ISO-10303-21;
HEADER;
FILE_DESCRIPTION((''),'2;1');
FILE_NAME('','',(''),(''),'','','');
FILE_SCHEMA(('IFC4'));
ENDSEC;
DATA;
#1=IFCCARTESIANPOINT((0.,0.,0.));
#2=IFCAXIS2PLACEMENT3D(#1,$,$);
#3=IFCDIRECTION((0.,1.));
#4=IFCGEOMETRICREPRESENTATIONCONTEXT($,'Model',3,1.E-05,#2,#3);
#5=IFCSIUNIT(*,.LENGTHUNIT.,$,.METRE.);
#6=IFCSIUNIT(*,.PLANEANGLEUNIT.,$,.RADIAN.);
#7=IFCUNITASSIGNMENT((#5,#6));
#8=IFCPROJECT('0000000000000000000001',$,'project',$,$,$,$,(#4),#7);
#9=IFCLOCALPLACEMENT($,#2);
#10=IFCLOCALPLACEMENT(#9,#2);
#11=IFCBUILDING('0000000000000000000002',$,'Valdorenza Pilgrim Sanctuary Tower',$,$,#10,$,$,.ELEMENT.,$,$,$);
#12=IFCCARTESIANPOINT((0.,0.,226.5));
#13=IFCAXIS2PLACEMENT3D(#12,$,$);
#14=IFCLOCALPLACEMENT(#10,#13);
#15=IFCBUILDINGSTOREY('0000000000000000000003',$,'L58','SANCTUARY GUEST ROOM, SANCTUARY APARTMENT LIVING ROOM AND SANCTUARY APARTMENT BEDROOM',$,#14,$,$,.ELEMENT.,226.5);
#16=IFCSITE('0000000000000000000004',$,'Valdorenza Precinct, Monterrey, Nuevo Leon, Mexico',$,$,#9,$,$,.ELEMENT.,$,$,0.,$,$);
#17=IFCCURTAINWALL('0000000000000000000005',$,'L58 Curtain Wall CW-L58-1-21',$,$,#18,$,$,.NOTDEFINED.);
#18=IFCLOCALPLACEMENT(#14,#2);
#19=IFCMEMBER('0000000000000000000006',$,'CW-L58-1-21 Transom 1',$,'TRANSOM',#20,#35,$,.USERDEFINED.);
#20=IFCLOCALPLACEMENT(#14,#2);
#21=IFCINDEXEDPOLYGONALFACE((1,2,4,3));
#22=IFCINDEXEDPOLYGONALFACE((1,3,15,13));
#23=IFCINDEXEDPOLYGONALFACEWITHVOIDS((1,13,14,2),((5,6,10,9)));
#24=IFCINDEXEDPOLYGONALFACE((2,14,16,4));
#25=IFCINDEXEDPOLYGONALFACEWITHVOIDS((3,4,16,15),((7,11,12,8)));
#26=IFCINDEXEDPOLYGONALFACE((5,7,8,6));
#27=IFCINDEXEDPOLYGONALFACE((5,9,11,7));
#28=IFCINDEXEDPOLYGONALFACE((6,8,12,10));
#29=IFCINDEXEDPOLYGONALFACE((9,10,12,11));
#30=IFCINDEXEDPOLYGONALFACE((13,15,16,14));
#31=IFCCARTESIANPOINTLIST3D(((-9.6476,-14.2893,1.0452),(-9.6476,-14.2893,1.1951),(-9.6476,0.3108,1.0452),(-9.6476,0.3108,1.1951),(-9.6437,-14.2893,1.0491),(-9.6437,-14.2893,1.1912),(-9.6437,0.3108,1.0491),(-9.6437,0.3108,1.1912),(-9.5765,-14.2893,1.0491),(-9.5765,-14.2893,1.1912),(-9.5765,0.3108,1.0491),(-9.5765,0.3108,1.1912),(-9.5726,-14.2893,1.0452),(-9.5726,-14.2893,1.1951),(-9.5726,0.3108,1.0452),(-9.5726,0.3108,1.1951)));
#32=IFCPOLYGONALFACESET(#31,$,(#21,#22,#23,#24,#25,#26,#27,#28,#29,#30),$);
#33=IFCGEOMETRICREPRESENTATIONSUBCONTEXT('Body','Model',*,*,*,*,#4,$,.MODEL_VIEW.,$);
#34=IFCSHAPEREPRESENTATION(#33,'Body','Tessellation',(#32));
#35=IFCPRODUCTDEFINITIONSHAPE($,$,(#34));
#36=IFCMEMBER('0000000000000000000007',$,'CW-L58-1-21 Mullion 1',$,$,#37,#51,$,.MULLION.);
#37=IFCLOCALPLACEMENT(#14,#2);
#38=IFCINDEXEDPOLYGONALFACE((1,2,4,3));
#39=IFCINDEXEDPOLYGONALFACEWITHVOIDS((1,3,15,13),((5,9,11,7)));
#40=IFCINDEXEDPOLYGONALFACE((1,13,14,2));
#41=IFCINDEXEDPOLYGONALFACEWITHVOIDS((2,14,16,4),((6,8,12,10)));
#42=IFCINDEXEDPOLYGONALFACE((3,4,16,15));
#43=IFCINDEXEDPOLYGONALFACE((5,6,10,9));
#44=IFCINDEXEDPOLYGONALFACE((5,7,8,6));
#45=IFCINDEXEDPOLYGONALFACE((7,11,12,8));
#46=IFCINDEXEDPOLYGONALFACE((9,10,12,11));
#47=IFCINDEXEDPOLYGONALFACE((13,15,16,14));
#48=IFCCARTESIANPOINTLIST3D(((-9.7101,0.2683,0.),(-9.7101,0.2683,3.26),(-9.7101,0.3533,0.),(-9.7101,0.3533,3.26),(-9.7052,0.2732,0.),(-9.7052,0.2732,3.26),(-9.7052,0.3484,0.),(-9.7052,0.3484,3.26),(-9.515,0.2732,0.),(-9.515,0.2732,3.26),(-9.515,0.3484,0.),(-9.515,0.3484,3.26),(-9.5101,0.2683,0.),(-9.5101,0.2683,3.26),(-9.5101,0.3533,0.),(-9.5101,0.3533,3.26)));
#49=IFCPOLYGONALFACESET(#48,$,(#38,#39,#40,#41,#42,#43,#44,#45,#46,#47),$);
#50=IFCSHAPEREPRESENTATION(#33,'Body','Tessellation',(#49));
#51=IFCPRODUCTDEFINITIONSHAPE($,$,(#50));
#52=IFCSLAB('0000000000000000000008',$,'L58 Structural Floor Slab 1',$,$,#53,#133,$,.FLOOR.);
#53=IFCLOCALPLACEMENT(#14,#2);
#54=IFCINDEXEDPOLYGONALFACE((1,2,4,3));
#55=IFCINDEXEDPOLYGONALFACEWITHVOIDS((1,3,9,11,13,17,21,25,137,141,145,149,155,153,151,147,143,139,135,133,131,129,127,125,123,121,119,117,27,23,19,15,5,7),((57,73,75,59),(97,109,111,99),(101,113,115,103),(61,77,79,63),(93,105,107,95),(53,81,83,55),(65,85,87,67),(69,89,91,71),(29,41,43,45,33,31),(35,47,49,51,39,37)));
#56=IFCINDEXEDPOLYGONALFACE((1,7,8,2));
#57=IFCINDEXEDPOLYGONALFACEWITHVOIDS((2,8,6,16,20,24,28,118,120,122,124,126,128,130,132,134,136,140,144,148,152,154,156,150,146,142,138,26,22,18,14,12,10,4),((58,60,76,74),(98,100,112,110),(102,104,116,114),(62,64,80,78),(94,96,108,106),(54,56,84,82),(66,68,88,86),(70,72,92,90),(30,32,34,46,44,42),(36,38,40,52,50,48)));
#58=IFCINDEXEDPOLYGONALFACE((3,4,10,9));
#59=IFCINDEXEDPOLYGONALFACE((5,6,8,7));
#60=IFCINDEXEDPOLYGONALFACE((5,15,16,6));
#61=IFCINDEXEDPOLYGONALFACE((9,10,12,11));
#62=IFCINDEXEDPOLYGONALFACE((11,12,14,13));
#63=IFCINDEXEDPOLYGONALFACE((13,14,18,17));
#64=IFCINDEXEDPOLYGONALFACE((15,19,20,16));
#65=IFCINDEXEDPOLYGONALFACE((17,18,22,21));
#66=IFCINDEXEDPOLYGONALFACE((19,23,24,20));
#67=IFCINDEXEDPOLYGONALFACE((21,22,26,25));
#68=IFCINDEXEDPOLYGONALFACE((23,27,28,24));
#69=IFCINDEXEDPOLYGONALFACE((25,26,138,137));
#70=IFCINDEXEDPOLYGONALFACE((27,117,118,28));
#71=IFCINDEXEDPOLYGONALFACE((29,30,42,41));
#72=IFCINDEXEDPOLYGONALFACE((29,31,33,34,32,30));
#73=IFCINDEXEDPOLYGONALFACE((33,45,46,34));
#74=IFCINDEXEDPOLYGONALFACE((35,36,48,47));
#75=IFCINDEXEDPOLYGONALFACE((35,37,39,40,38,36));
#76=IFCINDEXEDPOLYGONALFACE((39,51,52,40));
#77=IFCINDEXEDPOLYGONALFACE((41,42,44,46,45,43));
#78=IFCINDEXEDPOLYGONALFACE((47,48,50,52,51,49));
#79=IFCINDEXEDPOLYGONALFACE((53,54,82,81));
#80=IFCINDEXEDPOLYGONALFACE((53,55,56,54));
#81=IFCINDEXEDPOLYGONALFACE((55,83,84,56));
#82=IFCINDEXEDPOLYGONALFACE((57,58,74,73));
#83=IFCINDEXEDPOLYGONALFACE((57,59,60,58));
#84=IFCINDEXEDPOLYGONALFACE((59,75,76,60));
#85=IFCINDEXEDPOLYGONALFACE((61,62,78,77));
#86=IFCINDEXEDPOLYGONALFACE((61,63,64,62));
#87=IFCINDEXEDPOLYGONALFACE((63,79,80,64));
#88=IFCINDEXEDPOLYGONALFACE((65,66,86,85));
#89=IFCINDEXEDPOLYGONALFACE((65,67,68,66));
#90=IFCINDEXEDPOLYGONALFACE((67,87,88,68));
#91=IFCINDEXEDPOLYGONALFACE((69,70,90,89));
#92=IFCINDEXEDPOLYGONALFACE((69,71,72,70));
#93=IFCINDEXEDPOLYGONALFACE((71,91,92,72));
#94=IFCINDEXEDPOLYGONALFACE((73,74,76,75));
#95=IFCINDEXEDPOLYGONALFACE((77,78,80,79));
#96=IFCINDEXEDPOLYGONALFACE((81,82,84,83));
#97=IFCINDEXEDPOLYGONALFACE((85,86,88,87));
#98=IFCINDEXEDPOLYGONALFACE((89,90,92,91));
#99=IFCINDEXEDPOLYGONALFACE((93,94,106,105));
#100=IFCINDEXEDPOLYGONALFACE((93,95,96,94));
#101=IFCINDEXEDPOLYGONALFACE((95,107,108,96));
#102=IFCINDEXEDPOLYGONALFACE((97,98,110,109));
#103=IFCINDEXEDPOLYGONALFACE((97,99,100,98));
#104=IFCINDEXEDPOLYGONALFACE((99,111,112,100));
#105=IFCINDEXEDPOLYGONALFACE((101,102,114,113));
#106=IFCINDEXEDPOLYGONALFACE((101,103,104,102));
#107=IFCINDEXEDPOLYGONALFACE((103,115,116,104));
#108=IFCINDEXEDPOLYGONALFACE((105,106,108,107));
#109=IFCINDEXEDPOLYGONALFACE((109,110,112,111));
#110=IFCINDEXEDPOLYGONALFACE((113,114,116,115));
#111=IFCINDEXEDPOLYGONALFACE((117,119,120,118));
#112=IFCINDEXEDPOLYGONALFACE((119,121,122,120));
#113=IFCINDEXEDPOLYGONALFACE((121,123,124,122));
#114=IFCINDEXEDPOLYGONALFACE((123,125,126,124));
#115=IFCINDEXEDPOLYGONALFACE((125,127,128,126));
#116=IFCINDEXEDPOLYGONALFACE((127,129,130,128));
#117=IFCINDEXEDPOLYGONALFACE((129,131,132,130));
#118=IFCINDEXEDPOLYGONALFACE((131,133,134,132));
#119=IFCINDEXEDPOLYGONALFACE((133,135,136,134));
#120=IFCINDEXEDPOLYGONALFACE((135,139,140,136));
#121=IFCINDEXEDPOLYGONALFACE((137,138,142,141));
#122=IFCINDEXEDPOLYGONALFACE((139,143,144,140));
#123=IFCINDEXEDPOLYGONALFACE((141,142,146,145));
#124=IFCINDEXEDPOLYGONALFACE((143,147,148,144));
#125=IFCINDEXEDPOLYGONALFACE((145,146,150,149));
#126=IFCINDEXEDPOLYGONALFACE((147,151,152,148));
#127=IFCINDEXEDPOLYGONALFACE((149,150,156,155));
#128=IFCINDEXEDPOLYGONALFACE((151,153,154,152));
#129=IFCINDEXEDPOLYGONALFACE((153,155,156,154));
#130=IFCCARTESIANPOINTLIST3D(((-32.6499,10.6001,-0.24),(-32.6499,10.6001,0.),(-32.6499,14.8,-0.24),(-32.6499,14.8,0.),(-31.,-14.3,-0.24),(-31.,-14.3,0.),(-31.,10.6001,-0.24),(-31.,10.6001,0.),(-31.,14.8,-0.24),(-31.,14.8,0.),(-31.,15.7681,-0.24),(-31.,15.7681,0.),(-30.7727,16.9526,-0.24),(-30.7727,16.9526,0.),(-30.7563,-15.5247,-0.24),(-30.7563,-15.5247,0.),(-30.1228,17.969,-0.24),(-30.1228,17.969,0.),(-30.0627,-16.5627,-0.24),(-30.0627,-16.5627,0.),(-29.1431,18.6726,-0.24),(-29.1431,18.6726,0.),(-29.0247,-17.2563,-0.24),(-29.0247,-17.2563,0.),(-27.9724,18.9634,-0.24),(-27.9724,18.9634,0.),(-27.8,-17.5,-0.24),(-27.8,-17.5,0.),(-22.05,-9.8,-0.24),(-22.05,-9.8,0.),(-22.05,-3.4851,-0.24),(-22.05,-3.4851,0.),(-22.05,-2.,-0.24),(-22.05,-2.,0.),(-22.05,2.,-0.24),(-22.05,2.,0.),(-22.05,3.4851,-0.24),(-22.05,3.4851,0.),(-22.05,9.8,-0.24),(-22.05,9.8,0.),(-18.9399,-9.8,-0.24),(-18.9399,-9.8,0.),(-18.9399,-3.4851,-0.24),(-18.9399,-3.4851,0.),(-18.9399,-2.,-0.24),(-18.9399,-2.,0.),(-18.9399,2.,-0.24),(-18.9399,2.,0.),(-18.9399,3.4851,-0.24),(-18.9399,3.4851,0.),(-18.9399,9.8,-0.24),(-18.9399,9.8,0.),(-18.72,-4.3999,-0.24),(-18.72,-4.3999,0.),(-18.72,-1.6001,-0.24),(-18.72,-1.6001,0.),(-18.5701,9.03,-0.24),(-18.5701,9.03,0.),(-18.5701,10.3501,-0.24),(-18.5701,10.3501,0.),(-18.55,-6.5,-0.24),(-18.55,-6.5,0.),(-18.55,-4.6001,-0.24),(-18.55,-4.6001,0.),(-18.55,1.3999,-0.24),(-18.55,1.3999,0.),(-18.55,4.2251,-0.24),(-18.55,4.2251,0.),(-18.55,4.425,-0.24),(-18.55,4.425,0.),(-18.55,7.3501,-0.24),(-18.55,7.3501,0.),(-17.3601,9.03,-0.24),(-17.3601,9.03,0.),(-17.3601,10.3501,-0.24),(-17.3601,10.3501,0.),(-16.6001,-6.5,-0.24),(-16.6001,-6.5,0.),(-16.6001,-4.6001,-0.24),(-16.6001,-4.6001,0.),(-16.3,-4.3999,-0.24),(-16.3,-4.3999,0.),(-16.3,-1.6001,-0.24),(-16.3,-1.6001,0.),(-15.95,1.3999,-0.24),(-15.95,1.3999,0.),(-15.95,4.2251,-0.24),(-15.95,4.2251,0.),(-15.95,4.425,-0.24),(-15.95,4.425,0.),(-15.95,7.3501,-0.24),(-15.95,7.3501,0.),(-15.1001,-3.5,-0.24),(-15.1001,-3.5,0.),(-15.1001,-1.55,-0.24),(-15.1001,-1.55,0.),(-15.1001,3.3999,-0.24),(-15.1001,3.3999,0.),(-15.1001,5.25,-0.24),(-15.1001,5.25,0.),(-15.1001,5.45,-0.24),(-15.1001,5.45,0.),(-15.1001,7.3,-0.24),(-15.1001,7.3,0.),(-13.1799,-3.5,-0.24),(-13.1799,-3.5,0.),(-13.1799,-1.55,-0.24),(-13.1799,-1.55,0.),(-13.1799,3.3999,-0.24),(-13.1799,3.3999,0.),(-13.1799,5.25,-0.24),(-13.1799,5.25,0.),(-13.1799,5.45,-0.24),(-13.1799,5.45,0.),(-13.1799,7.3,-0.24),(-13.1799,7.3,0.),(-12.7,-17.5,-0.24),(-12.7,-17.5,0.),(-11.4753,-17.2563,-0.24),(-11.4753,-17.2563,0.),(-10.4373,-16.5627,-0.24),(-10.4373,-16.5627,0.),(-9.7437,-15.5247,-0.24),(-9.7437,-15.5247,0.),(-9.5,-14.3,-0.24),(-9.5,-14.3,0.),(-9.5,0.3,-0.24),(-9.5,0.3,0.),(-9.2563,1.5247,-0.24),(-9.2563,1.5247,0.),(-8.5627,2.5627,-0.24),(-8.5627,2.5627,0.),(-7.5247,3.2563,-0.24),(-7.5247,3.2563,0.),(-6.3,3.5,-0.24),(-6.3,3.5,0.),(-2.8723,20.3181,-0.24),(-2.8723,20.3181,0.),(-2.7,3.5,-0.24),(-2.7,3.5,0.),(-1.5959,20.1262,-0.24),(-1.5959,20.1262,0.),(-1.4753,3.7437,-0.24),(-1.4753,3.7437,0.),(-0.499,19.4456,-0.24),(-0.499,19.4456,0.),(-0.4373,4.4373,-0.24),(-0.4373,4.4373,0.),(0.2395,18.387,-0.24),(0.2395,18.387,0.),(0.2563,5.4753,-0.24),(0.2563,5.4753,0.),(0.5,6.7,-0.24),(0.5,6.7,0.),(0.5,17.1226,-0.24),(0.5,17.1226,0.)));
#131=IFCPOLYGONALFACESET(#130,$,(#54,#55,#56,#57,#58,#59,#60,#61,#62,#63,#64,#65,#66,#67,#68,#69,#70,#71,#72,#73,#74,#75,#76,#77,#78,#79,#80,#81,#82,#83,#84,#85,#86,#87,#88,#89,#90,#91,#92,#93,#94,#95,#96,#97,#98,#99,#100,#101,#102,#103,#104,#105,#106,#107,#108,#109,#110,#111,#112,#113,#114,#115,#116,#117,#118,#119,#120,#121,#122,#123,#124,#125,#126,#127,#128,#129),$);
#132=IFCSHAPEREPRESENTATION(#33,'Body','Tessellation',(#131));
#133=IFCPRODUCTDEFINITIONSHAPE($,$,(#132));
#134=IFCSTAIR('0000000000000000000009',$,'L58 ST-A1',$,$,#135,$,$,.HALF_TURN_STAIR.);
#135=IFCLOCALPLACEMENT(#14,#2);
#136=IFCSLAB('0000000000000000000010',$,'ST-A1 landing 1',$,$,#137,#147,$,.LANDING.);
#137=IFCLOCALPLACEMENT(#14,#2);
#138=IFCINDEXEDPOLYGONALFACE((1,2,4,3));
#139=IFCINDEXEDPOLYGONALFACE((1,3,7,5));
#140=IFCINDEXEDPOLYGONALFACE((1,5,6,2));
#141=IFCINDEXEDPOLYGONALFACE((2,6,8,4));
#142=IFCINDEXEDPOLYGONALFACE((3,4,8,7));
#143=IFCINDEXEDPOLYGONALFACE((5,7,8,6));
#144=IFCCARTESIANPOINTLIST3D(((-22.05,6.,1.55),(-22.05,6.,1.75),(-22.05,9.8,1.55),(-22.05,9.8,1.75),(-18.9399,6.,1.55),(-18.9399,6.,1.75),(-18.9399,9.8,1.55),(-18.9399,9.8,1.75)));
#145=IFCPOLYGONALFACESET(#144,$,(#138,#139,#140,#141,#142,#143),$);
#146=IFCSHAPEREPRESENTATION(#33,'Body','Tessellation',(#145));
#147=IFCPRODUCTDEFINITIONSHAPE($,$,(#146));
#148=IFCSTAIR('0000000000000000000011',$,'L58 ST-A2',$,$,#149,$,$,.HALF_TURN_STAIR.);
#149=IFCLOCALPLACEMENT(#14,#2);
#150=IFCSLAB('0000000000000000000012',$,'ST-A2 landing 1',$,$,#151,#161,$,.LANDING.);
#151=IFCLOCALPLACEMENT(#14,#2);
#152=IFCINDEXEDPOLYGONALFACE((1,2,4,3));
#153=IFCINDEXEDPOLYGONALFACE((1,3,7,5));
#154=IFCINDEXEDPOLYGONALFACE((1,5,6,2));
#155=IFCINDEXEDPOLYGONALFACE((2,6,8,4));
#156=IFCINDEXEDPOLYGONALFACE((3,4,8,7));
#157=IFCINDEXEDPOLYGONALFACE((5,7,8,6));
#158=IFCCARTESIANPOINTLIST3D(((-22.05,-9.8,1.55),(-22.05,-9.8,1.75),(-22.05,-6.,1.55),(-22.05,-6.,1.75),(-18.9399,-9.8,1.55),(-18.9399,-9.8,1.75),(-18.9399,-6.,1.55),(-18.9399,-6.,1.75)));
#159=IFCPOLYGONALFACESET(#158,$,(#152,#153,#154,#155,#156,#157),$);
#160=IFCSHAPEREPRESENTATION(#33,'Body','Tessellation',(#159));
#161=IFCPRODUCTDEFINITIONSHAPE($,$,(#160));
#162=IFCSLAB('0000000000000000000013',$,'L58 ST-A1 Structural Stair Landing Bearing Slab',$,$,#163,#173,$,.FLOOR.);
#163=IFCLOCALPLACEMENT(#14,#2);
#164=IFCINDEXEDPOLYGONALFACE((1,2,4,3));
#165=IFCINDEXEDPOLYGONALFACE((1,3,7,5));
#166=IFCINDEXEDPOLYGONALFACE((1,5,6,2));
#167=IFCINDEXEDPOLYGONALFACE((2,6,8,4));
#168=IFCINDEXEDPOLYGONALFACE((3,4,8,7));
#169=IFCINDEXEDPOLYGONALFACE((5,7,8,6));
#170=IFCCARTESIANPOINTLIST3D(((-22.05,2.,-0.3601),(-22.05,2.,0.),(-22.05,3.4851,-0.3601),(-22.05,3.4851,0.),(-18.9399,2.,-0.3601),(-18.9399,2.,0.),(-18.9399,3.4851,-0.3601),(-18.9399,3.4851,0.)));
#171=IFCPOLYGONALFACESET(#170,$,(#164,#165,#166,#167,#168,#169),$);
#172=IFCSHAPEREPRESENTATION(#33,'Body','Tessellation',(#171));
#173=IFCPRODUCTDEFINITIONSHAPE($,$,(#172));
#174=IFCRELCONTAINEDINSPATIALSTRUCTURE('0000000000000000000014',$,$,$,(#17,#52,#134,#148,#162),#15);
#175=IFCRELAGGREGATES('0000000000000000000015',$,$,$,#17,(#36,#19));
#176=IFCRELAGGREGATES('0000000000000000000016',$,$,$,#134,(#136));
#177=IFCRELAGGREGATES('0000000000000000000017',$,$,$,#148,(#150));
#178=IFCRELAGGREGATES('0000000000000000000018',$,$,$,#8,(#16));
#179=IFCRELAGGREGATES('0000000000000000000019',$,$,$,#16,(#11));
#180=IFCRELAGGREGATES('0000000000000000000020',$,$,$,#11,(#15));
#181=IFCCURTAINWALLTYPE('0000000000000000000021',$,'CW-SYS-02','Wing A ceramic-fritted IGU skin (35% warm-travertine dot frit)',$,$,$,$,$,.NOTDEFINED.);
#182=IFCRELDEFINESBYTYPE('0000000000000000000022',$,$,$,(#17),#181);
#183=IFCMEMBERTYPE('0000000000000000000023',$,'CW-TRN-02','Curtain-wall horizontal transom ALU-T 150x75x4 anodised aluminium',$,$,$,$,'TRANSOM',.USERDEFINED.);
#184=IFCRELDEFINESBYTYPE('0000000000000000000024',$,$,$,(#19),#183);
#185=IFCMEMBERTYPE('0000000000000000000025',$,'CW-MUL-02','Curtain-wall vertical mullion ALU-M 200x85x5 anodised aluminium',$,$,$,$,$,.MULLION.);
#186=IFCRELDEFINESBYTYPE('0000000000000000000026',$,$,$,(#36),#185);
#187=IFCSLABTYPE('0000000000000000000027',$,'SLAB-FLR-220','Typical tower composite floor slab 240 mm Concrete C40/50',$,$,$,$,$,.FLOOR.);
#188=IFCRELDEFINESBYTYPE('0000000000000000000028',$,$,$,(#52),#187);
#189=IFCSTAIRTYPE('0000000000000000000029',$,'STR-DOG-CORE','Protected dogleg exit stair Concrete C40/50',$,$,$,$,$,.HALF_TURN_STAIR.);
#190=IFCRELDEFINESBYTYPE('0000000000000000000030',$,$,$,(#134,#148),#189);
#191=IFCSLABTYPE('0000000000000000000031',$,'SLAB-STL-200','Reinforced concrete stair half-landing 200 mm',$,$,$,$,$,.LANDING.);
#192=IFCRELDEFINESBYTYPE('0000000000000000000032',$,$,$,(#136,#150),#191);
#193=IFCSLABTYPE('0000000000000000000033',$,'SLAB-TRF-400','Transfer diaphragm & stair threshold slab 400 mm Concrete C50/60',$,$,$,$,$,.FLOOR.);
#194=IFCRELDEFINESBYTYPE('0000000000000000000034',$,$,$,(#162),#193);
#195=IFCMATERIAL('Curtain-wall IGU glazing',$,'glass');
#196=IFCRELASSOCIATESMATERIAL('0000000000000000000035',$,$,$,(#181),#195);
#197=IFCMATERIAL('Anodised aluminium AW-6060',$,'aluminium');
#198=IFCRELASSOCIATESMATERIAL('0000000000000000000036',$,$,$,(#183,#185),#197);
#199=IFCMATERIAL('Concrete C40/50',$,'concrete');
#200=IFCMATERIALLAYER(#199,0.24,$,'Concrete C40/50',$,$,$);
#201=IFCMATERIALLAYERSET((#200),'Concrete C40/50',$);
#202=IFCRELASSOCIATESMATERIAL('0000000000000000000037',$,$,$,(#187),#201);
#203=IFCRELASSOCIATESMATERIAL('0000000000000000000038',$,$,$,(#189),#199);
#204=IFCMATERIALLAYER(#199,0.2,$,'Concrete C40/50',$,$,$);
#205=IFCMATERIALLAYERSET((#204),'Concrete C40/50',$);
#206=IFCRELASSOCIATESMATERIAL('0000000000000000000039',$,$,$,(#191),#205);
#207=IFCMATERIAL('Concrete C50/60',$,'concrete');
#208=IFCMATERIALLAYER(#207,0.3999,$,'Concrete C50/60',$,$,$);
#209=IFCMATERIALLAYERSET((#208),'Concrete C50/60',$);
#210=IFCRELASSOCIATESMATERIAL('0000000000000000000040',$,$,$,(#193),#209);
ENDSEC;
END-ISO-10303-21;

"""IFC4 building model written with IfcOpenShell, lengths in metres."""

from ifc_helpers import new_model, si_unit, direction, frame, origin, origin_2d, place, context, subcontext, project, spatial, polyline, hollow_rectangle, outline, extrude, source, transform, mapped, material, layer, layer_set, material_profile, profile_set, type_object, element, aggregate, save


model = new_model("IFC4")

# Units and contexts
model_context = context("Model", 3, precision=1e-05, world=origin(), true_north=direction((0.0, 1.0)))
body_context = subcontext(model_context, "Body", "Model", "MODEL_VIEW")
ifc_project = project(units=[si_unit("LENGTHUNIT", "METRE"), si_unit("PLANEANGLEUNIT", "RADIAN")], contexts=[model_context])

# Site, building, storey
site_placement = place(None, origin())
site = spatial("IfcSite", under=ifc_project, at=site_placement, Name="Valdorenza Precinct, Monterrey, Nuevo Leon, Mexico", CompositionType="ELEMENT", RefElevation=0.0)
building_placement = place(site_placement, origin())
building = spatial("IfcBuilding", under=site, at=building_placement, Name="Valdorenza Pilgrim Sanctuary Tower", CompositionType="ELEMENT")
storey_placement = place(building_placement, frame((0.0, 0.0, 226.5)))
storey = spatial("IfcBuildingStorey", under=building, at=storey_placement, Name="L58", Description="SANCTUARY GUEST ROOM, SANCTUARY APARTMENT LIVING ROOM AND SANCTUARY APARTMENT BEDROOM", CompositionType="ELEMENT", Elevation=226.5)

# Curtain wall, members
ifc_material_1 = material(Name="Curtain-wall IGU glazing", Category="glass")
curtain_wall_type = type_object("IfcCurtainWallType", Name="CW-SYS-02", Description="Wing A ceramic-fritted IGU skin (35% warm-travertine dot frit)", PredefinedType="NOTDEFINED", material=ifc_material_1)
curtain_wall_placement = place(storey_placement, origin())
curtain_wall = element("IfcCurtainWall", 1, at=curtain_wall_placement, inside=storey, type_object=curtain_wall_type, Name="L58 Curtain Wall CW-L58-1-21", PredefinedType="NOTDEFINED")
ifc_material_2 = material(Name="Anodised aluminium AW-6060", Category="aluminium")
ifc_material_profile_1 = material_profile(ifc_material_2, hollow_rectangle(XDim=0.075, YDim=0.1499, WallThickness=0.0039, at=origin_2d()), Name="ALU-T 150x75x4")
ifc_profile_set_1 = profile_set([ifc_material_profile_1], Name="Anodised aluminium AW-6060")
member_type_1 = type_object("IfcMemberType", Name="CW-TRN-02", Description="Curtain-wall horizontal transom ALU-T 150x75x4 anodised aluminium", ElementType="TRANSOM", PredefinedType="USERDEFINED", material=ifc_profile_set_1)
shared_shape_1 = source(origin(), body_context, "Body", "SweptSolid", [
    extrude(hollow_rectangle(XDim=0.075, YDim=0.1499, WallThickness=0.0039, at=origin_2d()), origin(), (0.0, 0.0, 1.0), 14.6001),
])
member_1_placement = place(storey_placement, frame((-9.6101, 0.3108, 1.1201), z_axis=(0.0, -1.0, 0.0), x_axis=(1.0, 0.0, 0.0)))
member_1 = element("IfcMember", 2, at=member_1_placement, type_object=member_type_1, Name="CW-L58-1-21 Transom 1", ObjectType="TRANSOM", PredefinedType="USERDEFINED", context=body_context, shape_type="MappedRepresentation", body=[
    mapped(shared_shape_1, transform((0.0, 0.0, 0.0), x_axis=(1.0, 0.0, 0.0), y_axis=(0.0, 1.0, 0.0), z_axis=(0.0, 0.0, 1.0), scale=1.0)),
])
ifc_material_profile_2 = material_profile(ifc_material_2, hollow_rectangle(XDim=0.085, YDim=0.2, WallThickness=0.0049, at=origin_2d()), Name="ALU-M 200x85x5")
ifc_profile_set_2 = profile_set([ifc_material_profile_2], Name="Anodised aluminium AW-6060")
member_type_2 = type_object("IfcMemberType", Name="CW-MUL-02", Description="Curtain-wall vertical mullion ALU-M 200x85x5 anodised aluminium", PredefinedType="MULLION", material=ifc_profile_set_2)
shared_shape_2 = source(origin(), body_context, "Body", "SweptSolid", [
    extrude(hollow_rectangle(XDim=0.085, YDim=0.2, WallThickness=0.0049, at=origin_2d()), origin(), (0.0, 0.0, 1.0), 3.26),
])
member_2_placement = place(storey_placement, frame((-9.6101, 0.3108, 0.0), z_axis=(0.0, 0.0, 1.0), x_axis=(0.0, -1.0, 0.0)))
member_2 = element("IfcMember", 3, at=member_2_placement, type_object=member_type_2, Name="CW-L58-1-21 Mullion 1", PredefinedType="MULLION", context=body_context, shape_type="MappedRepresentation", body=[
    mapped(shared_shape_2, transform((0.0, 0.0, 0.0), x_axis=(1.0, 0.0, 0.0), y_axis=(0.0, 1.0, 0.0), z_axis=(0.0, 0.0, 1.0), scale=1.0)),
])
aggregate(curtain_wall, [member_2, member_1])

# Slab
ifc_material_3 = material(Name="Concrete C40/50", Category="concrete")
ifc_layer_1 = layer(ifc_material_3, 0.24, Name="Concrete C40/50")
ifc_layer_set_1 = layer_set([ifc_layer_1], Name="Concrete C40/50")
slab_type_1 = type_object("IfcSlabType", Name="SLAB-FLR-220", Description="Typical tower composite floor slab 240 mm Concrete C40/50", PredefinedType="FLOOR", material=ifc_layer_set_1)
slab_1_placement = place(storey_placement, frame((0.0, 0.0, -0.24)))
element("IfcSlab", 4, at=slab_1_placement, inside=storey, type_object=slab_type_1, Name="L58 Structural Floor Slab 1", PredefinedType="FLOOR", context=body_context, shape_type="SweptSolid", body=[
    extrude(outline(polyline([(-30.7727, 16.9526), (-30.1228, 17.969), (-29.1431, 18.6726), (-27.9724, 18.9634), (-2.8723, 20.3181), (-1.5959, 20.1262), (-0.499, 19.4456), (0.2395, 18.387), (0.5, 17.1226), (0.5, 6.7), (0.2563, 5.4753), (-0.4373, 4.4373), (-1.4753, 3.7437), (-2.7, 3.5), (-6.3, 3.5), (-7.5247, 3.2563), (-8.5627, 2.5627), (-9.2563, 1.5247), (-9.5, 0.3), (-9.5, -14.3), (-9.7437, -15.5247), (-10.4373, -16.5627), (-11.4753, -17.2563), (-12.7, -17.5), (-27.8, -17.5), (-29.0247, -17.2563), (-30.0627, -16.5627), (-30.7563, -15.5247), (-31.0, -14.3), (-31.0, 10.6001), (-32.6499, 10.6001), (-32.6499, 14.8), (-31.0, 14.8), (-31.0, 15.7681), (-30.7727, 16.9526)]), holes=[polyline([(-22.05, -9.8), (-18.9399, -9.8), (-18.9399, -3.4851), (-18.9399, -2.0), (-22.05, -2.0), (-22.05, -3.4851), (-22.05, -9.8)]), polyline([(-16.6001, -6.5), (-16.6001, -4.6001), (-18.55, -4.6001), (-18.55, -6.5), (-16.6001, -6.5)]), polyline([(-22.05, 2.0), (-18.9399, 2.0), (-18.9399, 3.4851), (-18.9399, 9.8), (-22.05, 9.8), (-22.05, 3.4851), (-22.05, 2.0)]), polyline([(-17.3601, 9.03), (-17.3601, 10.3501), (-18.5701, 10.3501), (-18.5701, 9.03), (-17.3601, 9.03)]), polyline([(-16.3, -1.6001), (-18.72, -1.6001), (-18.72, -4.3999), (-16.3, -4.3999), (-16.3, -1.6001)]), polyline([(-13.1799, -3.5), (-13.1799, -1.55), (-15.1001, -1.55), (-15.1001, -3.5), (-13.1799, -3.5)]), polyline([(-15.95, 1.3999), (-15.95, 4.2251), (-18.55, 4.2251), (-18.55, 1.3999), (-15.95, 1.3999)]), polyline([(-13.1799, 5.25), (-15.1001, 5.25), (-15.1001, 3.3999), (-13.1799, 3.3999), (-13.1799, 5.25)]), polyline([(-15.95, 4.425), (-15.95, 7.3501), (-18.55, 7.3501), (-18.55, 4.425), (-15.95, 4.425)]), polyline([(-13.1799, 5.45), (-13.1799, 7.3), (-15.1001, 7.3), (-15.1001, 5.45), (-13.1799, 5.45)])]), origin(), (0.0, 0.0, 1.0), 0.24),
])

# Stairs, slabs
stair_type = type_object("IfcStairType", Name="STR-DOG-CORE", Description="Protected dogleg exit stair Concrete C40/50", PredefinedType="HALF_TURN_STAIR", material=ifc_material_3)
stair_1_placement = place(storey_placement, origin())
stair_1 = element("IfcStair", 5, at=stair_1_placement, inside=storey, type_object=stair_type, Name="L58 ST-A1", PredefinedType="HALF_TURN_STAIR")
ifc_layer_2 = layer(ifc_material_3, 0.2, Name="Concrete C40/50")
ifc_layer_set_2 = layer_set([ifc_layer_2], Name="Concrete C40/50")
slab_type_2 = type_object("IfcSlabType", Name="SLAB-STL-200", Description="Reinforced concrete stair half-landing 200 mm", PredefinedType="LANDING", material=ifc_layer_set_2)
slab_2_placement = place(storey_placement, frame((0.0, 0.0, 1.55)))
slab_2 = element("IfcSlab", 6, at=slab_2_placement, type_object=slab_type_2, Name="ST-A1 landing 1", PredefinedType="LANDING", context=body_context, shape_type="SweptSolid", body=[
    extrude(outline(polyline([(-18.9399, 6.0), (-18.9399, 9.8), (-22.05, 9.8), (-22.05, 6.0), (-18.9399, 6.0)])), origin(), (0.0, 0.0, 1.0), 0.2),
])
aggregate(stair_1, [slab_2])
stair_2_placement = place(storey_placement, origin())
stair_2 = element("IfcStair", 7, at=stair_2_placement, inside=storey, type_object=stair_type, Name="L58 ST-A2", PredefinedType="HALF_TURN_STAIR")
slab_3_placement = place(storey_placement, frame((0.0, 0.0, 1.55)))
slab_3 = element("IfcSlab", 8, at=slab_3_placement, type_object=slab_type_2, Name="ST-A2 landing 1", PredefinedType="LANDING", context=body_context, shape_type="SweptSolid", body=[
    extrude(outline(polyline([(-22.05, -6.0), (-22.05, -9.8), (-18.9399, -9.8), (-18.9399, -6.0), (-22.05, -6.0)])), origin(), (0.0, 0.0, 1.0), 0.2),
])
aggregate(stair_2, [slab_3])

# Slab
ifc_material_4 = material(Name="Concrete C50/60", Category="concrete")
ifc_layer_3 = layer(ifc_material_4, 0.3999, Name="Concrete C50/60")
ifc_layer_set_3 = layer_set([ifc_layer_3], Name="Concrete C50/60")
slab_type_3 = type_object("IfcSlabType", Name="SLAB-TRF-400", Description="Transfer diaphragm & stair threshold slab 400 mm Concrete C50/60", PredefinedType="FLOOR", material=ifc_layer_set_3)
slab_4_placement = place(storey_placement, frame((0.0, 0.0, -0.3601)))
element("IfcSlab", 9, at=slab_4_placement, inside=storey, type_object=slab_type_3, Name="L58 ST-A1 Structural Stair Landing Bearing Slab", PredefinedType="FLOOR", context=body_context, shape_type="SweptSolid", body=[
    extrude(outline(polyline([(-22.05, 2.0), (-18.9399, 2.0), (-18.9399, 3.4851), (-22.05, 3.4851), (-22.05, 2.0)])), origin(), (0.0, 0.0, 1.0), 0.3601),
])

save(model, "model.ifc")
